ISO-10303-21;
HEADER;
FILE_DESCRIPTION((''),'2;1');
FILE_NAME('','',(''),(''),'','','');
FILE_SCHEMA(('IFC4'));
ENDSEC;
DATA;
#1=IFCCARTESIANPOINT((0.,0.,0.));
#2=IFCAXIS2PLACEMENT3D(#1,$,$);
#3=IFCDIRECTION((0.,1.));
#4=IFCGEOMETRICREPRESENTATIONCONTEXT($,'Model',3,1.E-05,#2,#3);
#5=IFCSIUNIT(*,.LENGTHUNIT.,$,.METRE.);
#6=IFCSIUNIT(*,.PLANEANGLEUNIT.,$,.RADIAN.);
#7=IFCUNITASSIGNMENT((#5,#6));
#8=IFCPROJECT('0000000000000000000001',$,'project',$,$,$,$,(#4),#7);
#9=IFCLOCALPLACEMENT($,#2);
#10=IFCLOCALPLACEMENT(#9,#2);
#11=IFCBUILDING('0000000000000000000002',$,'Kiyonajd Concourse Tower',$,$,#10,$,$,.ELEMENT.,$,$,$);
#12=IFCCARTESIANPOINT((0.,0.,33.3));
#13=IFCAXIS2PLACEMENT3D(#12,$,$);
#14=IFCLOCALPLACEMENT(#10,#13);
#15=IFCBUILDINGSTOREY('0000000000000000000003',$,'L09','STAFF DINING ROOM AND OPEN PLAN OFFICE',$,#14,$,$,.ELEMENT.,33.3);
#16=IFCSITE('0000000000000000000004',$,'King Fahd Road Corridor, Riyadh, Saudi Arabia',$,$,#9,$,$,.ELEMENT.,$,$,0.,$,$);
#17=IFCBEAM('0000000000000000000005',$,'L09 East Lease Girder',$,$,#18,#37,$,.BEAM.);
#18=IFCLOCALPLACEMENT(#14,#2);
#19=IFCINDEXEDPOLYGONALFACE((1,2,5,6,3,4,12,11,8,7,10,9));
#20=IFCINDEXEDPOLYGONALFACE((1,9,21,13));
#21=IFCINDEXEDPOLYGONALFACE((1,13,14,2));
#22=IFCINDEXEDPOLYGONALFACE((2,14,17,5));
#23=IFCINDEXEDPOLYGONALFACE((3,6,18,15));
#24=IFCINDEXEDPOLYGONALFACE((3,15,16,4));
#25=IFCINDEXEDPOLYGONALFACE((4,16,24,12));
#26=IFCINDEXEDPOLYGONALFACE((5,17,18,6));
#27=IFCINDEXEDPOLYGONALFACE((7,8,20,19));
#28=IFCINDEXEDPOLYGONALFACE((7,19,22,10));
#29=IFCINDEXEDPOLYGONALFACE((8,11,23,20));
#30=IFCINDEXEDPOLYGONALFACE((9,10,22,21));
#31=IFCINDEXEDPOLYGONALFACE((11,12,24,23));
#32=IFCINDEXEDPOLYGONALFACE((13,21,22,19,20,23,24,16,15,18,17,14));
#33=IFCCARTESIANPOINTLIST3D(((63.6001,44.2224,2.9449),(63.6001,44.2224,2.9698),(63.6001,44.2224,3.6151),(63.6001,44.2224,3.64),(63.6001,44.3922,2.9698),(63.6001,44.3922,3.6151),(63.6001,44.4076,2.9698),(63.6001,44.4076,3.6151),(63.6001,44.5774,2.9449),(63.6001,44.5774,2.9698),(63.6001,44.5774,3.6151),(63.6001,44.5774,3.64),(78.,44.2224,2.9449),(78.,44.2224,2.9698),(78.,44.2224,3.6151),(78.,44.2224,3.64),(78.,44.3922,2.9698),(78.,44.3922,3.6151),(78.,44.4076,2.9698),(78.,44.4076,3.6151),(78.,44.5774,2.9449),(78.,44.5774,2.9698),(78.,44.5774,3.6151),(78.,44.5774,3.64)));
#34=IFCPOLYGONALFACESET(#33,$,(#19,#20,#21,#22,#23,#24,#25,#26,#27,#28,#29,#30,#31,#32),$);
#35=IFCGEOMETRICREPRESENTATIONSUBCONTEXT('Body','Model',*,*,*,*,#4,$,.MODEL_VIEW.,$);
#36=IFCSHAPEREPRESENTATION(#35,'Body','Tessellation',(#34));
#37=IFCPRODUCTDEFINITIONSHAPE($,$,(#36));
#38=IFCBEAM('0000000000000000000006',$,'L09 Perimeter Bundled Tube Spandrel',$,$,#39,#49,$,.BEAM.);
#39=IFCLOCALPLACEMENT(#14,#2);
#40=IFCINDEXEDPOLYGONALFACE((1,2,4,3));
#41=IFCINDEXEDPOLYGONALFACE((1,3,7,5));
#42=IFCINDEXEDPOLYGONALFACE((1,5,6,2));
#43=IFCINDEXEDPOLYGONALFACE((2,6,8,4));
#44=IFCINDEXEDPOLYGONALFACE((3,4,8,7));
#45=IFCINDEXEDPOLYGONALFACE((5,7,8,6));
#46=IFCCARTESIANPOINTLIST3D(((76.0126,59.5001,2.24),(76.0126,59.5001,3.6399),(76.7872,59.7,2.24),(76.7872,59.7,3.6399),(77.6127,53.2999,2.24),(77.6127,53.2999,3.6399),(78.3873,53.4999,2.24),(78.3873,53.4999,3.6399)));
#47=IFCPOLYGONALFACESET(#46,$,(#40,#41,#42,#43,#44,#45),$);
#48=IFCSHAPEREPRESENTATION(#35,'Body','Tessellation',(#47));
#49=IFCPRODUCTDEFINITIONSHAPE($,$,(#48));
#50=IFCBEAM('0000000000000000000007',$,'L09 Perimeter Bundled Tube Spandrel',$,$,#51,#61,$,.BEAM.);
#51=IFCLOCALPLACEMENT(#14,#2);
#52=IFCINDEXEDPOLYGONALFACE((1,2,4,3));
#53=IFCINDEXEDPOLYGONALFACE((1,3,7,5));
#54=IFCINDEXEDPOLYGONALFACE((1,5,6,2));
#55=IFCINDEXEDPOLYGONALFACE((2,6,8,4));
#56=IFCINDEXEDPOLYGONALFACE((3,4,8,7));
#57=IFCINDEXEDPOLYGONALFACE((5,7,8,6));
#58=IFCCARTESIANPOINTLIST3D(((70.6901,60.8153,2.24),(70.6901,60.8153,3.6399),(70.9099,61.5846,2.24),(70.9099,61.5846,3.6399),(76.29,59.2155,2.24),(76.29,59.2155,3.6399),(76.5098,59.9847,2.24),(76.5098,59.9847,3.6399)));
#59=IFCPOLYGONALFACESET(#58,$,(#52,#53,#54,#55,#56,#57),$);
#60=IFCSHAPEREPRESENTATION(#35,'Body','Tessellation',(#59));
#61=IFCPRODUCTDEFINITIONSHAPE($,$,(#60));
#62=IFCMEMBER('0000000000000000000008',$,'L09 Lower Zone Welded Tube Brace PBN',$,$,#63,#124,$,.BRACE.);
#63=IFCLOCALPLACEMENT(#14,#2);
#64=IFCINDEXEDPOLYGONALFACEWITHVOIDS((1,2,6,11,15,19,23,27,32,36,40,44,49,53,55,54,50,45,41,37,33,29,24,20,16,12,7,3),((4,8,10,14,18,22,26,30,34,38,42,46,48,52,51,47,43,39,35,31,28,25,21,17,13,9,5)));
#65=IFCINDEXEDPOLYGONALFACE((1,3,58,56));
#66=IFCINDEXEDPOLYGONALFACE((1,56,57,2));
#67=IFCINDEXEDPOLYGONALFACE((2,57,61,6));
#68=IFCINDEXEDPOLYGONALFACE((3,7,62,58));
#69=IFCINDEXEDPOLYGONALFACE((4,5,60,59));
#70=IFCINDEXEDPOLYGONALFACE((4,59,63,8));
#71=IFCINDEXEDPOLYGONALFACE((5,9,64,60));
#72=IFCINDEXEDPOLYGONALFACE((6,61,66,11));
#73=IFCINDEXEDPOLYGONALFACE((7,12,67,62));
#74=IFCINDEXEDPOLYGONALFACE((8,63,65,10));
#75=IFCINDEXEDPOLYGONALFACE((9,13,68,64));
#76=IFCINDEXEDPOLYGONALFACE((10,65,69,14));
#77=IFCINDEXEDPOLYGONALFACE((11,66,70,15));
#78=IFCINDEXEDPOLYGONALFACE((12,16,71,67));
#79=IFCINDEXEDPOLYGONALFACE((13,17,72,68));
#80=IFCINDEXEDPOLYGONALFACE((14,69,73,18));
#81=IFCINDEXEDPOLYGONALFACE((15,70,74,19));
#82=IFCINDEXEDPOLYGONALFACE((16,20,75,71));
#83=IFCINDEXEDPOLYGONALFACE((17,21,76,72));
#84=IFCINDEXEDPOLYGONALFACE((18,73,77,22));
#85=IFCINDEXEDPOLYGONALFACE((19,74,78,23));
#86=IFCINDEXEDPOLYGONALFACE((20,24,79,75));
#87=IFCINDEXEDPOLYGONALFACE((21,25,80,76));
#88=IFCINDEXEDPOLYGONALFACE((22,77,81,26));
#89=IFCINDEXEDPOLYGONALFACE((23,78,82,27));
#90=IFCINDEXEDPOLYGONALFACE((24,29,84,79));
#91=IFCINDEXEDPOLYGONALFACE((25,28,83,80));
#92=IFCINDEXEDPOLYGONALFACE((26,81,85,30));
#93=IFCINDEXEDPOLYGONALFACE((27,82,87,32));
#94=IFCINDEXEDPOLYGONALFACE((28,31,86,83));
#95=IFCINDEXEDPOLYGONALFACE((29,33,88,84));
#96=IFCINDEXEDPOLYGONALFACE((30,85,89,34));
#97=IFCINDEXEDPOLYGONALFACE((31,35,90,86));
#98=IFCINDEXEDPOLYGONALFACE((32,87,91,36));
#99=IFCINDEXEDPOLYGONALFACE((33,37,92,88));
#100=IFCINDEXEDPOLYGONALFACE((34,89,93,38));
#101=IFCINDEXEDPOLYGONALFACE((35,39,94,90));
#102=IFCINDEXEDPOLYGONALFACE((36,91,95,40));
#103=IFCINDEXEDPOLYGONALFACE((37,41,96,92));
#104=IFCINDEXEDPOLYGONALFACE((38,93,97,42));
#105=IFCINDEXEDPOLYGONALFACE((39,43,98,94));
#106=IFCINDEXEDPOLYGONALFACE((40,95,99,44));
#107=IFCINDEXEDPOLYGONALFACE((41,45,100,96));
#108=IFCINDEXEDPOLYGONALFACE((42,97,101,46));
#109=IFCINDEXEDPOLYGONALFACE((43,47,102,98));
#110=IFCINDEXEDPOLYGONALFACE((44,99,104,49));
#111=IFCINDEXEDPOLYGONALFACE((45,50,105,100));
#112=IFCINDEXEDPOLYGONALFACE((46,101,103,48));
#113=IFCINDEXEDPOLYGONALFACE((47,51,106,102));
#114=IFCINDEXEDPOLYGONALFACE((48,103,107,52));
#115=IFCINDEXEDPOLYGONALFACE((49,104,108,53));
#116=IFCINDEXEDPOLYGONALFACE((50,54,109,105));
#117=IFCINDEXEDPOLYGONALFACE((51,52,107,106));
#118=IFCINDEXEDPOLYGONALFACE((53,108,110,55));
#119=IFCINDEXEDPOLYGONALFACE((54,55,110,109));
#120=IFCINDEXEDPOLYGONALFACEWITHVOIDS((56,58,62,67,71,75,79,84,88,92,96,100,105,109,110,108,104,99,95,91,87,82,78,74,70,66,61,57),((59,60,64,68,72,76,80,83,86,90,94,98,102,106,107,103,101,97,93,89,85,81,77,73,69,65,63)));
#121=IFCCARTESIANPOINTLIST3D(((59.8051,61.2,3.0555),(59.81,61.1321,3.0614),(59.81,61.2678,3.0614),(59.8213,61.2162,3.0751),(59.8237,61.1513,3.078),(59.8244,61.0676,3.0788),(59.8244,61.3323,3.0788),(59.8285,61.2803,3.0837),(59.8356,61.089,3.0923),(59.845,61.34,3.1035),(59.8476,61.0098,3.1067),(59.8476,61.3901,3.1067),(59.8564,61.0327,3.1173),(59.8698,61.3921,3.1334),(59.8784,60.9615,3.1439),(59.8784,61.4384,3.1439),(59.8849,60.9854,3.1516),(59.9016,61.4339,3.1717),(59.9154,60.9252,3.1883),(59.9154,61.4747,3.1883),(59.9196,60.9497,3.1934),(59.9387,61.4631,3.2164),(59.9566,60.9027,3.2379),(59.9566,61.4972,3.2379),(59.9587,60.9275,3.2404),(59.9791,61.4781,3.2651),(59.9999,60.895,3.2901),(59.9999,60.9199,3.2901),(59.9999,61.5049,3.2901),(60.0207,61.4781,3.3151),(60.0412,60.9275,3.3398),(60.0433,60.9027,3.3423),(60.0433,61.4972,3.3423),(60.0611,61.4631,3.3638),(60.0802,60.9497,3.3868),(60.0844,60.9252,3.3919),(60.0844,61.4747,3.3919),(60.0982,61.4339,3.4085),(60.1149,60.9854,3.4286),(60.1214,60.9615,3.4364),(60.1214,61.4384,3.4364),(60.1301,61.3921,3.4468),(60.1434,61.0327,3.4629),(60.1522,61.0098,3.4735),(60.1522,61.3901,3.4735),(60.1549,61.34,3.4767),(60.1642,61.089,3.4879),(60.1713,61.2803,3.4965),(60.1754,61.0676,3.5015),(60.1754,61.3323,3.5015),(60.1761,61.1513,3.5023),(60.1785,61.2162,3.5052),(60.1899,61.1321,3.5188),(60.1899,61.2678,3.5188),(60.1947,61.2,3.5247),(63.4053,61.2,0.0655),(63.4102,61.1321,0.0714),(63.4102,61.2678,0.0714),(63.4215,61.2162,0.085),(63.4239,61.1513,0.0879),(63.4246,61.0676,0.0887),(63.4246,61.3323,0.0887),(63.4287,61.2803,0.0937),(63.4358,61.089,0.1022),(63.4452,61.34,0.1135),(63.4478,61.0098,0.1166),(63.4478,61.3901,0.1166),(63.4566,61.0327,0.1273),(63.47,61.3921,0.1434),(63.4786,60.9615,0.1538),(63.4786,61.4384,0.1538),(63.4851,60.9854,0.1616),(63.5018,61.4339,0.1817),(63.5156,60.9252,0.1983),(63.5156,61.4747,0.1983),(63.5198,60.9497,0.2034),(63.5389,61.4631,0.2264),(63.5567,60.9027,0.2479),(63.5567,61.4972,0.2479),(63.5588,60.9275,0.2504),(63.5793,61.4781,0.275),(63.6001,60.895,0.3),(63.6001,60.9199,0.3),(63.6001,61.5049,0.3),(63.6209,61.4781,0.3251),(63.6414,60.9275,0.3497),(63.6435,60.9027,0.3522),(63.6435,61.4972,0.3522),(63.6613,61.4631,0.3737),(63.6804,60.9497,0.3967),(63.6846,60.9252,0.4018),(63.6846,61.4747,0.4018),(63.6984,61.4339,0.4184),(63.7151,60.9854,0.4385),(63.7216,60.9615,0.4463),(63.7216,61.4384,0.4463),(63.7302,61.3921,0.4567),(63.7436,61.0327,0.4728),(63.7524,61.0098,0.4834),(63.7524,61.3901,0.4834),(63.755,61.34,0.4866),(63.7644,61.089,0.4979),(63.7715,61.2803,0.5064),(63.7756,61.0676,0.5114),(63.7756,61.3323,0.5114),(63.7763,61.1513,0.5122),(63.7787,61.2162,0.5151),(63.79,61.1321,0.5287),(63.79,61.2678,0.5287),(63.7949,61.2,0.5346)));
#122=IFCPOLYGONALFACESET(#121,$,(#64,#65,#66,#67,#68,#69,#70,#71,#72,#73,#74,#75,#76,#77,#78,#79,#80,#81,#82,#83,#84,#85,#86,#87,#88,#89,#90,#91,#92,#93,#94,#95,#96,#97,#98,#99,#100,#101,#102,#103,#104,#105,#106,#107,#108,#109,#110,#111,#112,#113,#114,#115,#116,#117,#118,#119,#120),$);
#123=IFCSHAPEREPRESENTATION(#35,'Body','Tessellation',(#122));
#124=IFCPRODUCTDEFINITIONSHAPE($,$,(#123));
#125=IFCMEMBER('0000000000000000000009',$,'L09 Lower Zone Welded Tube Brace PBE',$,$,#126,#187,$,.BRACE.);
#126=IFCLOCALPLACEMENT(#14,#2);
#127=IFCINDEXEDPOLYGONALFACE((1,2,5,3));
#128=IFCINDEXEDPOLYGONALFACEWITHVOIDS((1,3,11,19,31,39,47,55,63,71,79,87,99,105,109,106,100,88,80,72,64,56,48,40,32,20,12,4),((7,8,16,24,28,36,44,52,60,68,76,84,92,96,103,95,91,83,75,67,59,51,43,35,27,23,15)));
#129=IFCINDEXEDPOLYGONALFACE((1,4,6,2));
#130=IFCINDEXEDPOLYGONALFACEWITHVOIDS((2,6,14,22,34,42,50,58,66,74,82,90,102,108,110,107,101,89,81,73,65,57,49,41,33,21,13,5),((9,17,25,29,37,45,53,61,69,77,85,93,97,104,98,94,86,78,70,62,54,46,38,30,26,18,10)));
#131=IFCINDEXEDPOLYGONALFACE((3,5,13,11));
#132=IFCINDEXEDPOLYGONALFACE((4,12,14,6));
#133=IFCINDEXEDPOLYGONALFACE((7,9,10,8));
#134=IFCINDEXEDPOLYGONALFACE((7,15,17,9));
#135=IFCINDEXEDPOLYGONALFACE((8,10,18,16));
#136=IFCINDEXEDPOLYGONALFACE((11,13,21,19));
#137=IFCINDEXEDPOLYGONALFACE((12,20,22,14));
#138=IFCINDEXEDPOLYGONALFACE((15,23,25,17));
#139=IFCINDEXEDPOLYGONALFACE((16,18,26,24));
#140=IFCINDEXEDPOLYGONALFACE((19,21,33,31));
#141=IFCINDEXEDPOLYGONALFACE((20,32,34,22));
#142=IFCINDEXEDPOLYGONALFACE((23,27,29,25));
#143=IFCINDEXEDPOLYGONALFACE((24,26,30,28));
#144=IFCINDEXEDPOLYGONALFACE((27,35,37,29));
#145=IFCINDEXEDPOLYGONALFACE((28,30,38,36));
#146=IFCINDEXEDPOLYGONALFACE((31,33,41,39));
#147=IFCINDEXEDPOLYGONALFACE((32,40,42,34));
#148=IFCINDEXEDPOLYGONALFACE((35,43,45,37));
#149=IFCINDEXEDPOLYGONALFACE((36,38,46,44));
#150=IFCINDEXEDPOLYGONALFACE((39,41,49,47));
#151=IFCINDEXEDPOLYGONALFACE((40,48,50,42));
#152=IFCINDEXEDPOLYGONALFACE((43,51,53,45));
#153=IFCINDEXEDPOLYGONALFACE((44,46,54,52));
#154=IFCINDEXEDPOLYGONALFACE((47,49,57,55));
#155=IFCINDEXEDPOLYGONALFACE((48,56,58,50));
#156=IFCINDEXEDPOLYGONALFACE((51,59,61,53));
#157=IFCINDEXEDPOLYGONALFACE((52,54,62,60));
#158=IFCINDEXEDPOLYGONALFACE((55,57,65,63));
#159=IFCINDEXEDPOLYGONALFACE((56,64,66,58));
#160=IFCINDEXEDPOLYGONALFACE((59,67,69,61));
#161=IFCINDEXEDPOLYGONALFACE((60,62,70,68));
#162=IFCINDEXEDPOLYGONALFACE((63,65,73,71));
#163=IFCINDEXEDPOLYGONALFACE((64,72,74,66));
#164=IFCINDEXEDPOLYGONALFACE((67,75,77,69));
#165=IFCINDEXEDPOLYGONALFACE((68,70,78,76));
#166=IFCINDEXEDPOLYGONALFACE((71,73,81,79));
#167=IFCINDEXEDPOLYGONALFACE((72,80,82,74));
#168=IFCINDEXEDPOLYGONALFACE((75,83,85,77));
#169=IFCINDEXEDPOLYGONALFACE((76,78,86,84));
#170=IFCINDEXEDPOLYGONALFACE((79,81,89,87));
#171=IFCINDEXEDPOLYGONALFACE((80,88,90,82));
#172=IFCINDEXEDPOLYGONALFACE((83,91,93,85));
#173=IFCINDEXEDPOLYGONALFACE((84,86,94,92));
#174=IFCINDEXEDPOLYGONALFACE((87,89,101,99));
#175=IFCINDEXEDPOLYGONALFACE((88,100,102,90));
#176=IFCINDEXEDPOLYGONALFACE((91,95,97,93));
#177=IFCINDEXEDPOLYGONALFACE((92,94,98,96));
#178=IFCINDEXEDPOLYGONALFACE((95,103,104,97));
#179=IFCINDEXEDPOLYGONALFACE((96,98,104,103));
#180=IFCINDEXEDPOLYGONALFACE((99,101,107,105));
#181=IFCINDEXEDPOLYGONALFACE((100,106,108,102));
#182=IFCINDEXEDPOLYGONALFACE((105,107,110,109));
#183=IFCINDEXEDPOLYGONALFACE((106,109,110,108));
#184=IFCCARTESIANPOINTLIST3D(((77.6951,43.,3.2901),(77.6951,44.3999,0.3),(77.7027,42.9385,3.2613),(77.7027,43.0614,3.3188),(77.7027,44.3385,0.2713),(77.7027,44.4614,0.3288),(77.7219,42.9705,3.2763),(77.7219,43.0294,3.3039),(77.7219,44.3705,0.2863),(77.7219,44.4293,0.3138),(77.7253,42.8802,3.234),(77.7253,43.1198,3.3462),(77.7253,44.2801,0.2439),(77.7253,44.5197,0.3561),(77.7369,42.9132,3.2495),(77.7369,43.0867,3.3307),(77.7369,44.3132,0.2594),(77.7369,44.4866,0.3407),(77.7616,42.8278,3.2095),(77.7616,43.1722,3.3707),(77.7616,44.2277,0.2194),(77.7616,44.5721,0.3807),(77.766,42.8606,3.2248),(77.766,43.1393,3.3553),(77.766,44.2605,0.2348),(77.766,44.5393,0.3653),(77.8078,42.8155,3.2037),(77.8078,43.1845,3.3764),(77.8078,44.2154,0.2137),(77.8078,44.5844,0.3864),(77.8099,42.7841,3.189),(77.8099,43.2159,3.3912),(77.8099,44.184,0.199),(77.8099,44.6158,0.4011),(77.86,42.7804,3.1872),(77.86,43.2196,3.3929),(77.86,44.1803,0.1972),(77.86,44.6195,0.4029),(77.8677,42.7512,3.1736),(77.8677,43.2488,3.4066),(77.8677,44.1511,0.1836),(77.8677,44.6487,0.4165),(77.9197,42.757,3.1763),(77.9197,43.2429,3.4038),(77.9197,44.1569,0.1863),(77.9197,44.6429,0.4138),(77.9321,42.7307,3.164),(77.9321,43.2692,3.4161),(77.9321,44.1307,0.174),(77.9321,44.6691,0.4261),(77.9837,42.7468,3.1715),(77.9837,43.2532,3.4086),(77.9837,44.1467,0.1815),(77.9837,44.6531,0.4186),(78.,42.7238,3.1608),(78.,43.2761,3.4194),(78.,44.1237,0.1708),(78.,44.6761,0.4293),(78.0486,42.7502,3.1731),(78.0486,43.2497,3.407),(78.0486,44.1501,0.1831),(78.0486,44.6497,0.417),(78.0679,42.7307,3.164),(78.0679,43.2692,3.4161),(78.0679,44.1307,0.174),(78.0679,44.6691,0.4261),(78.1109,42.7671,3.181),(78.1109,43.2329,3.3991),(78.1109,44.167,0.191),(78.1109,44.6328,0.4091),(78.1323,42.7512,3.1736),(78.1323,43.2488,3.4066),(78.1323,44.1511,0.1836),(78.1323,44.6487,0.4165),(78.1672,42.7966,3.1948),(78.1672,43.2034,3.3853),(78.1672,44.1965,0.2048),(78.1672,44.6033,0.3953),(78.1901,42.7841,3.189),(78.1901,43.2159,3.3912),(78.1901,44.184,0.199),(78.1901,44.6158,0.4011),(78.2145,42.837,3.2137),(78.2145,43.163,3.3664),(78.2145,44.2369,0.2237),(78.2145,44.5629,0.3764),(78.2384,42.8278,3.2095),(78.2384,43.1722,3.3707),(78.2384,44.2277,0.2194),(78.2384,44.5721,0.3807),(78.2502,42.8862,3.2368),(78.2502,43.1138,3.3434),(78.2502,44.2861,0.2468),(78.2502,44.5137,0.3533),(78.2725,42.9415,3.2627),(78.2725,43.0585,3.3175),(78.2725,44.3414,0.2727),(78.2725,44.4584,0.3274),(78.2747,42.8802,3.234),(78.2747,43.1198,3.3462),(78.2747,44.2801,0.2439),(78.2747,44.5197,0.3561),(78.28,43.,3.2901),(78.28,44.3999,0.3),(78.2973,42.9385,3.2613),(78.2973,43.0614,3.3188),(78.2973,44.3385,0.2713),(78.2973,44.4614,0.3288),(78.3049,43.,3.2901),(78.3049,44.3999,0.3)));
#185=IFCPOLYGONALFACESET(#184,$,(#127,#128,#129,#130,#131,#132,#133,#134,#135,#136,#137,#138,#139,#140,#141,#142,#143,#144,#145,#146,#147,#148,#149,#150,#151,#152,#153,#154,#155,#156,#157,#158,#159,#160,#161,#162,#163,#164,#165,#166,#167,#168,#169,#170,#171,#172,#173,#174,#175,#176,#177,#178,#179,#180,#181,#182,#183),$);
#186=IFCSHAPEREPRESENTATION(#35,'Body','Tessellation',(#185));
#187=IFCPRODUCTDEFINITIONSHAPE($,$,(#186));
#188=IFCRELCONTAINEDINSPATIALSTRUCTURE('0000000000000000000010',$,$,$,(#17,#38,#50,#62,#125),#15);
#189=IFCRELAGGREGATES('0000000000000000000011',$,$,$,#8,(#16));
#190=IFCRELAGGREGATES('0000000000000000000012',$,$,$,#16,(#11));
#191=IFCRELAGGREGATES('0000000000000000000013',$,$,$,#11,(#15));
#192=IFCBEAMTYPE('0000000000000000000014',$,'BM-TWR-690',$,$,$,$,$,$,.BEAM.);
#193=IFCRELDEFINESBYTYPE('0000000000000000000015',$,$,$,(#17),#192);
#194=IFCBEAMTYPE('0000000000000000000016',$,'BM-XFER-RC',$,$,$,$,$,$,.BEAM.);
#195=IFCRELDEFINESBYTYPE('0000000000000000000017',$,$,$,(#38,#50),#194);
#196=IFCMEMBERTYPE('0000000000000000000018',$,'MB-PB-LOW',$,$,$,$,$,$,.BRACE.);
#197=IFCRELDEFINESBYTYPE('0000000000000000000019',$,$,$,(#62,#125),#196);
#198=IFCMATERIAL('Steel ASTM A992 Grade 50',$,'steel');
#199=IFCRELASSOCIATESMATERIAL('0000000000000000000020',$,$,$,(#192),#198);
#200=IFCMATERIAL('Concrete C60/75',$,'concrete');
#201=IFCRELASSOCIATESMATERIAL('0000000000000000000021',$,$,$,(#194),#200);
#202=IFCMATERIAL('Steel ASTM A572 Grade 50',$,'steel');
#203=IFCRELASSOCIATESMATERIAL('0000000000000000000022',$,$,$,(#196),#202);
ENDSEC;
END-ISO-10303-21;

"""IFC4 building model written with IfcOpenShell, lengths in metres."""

from ifc_helpers import new_model, si_unit, direction, frame, origin, origin_2d, place, context, subcontext, project, spatial, rectangle, hollow_circle, i_section, extrude, material, material_profile, profile_set, type_object, element, save


model = new_model("IFC4")

# Units and contexts
model_context = context("Model", 3, precision=1e-05, world=origin(), true_north=direction((0.0, 1.0)))
body_context = subcontext(model_context, "Body", "Model", "MODEL_VIEW")
ifc_project = project(units=[si_unit("LENGTHUNIT", "METRE"), si_unit("PLANEANGLEUNIT", "RADIAN")], contexts=[model_context])

# Site, building, storey
site_placement = place(None, origin())
site = spatial("IfcSite", under=ifc_project, at=site_placement, Name="King Fahd Road Corridor, Riyadh, Saudi Arabia", CompositionType="ELEMENT", RefElevation=0.0)
building_placement = place(site_placement, origin())
building = spatial("IfcBuilding", under=site, at=building_placement, Name="Kiyonajd Concourse Tower", CompositionType="ELEMENT")
storey_placement = place(building_placement, frame((0.0, 0.0, 33.3)))
storey = spatial("IfcBuildingStorey", under=building, at=storey_placement, Name="L09", Description="STAFF DINING ROOM AND OPEN PLAN OFFICE", CompositionType="ELEMENT", Elevation=33.3)

# Beams
ifc_material_1 = material(Name="Steel ASTM A992 Grade 50", Category="steel")
ifc_material_profile_1 = material_profile(ifc_material_1, i_section(OverallWidth=0.355, OverallDepth=0.6951, WebThickness=0.0154, FlangeThickness=0.0249, at=origin_2d()), Name="W690X217")
ifc_profile_set_1 = profile_set([ifc_material_profile_1], Name="Steel ASTM A992 Grade 50")
beam_type_1 = type_object("IfcBeamType", Name="BM-TWR-690", PredefinedType="BEAM", material=ifc_profile_set_1)
beam_1_placement = place(storey_placement, frame((63.6001, 44.3999, 3.2925), z_axis=(1.0, 0.0, 0.0), x_axis=(0.0, 1.0, 0.0)))
element("IfcBeam", 1, at=beam_1_placement, inside=storey, type_object=beam_type_1, Name="L09 East Lease Girder", PredefinedType="BEAM", context=body_context, shape_type="SweptSolid", body=[
    extrude(i_section(OverallWidth=0.355, OverallDepth=0.6951, WebThickness=0.0154, FlangeThickness=0.0249, at=origin_2d()), origin(), (0.0, 0.0, 1.0), 14.3999),
])
ifc_material_2 = material(Name="Concrete C60/75", Category="concrete")
ifc_material_profile_2 = material_profile(ifc_material_2, rectangle(XDim=0.8, YDim=1.3999, at=origin_2d()), Name="RCBM-800x1400")
ifc_profile_set_2 = profile_set([ifc_material_profile_2], Name="Concrete C60/75")
beam_type_2 = type_object("IfcBeamType", Name="BM-XFER-RC", PredefinedType="BEAM", material=ifc_profile_set_2)
beam_2_placement = place(storey_placement, frame((78.0, 53.3999, 2.9399), z_axis=(-0.249885, 0.968276, 0.0), x_axis=(-0.968276, -0.249885, 0.0)))
element("IfcBeam", 2, at=beam_2_placement, inside=storey, type_object=beam_type_2, Name="L09 Perimeter Bundled Tube Spandrel", PredefinedType="BEAM", context=body_context, shape_type="SweptSolid", body=[
    extrude(rectangle(XDim=0.8, YDim=1.3999, at=origin_2d()), origin(), (0.0, 0.0, 1.0), 6.4033),
])
beam_3_placement = place(storey_placement, frame((76.3999, 59.6001, 2.9399), z_axis=(-0.961529, 0.274705, 0.0), x_axis=(-0.274705, -0.961529, 0.0)))
element("IfcBeam", 3, at=beam_3_placement, inside=storey, type_object=beam_type_2, Name="L09 Perimeter Bundled Tube Spandrel", PredefinedType="BEAM", context=body_context, shape_type="SweptSolid", body=[
    extrude(rectangle(XDim=0.8, YDim=1.3999, at=origin_2d()), origin(), (0.0, 0.0, 1.0), 5.824),
])

# Members
ifc_material_3 = material(Name="Steel ASTM A572 Grade 50", Category="steel")
ifc_material_profile_3 = material_profile(ifc_material_3, hollow_circle(Radius=0.3049, WallThickness=0.0249, at=origin_2d()), Name="CHS-610x25")
ifc_profile_set_3 = profile_set([ifc_material_profile_3], Name="Steel ASTM A572 Grade 50")
member_type = type_object("IfcMemberType", Name="MB-PB-LOW", PredefinedType="BRACE", material=ifc_profile_set_3)
member_1_placement = place(storey_placement, frame((63.6001, 61.2, 0.3), z_axis=(-0.769281, 0.0, 0.638911), x_axis=(0.0, -1.0, 0.0)))
element("IfcMember", 4, at=member_1_placement, inside=storey, type_object=member_type, Name="L09 Lower Zone Welded Tube Brace PBN", PredefinedType="BRACE", context=body_context, shape_type="SweptSolid", body=[
    extrude(hollow_circle(Radius=0.3049, WallThickness=0.0249, at=origin_2d()), origin(), (0.0, 0.0, 1.0), 4.6799),
])
member_2_placement = place(storey_placement, frame((78.0, 44.3999, 0.3), z_axis=(0.0, -0.424023, 0.905652), x_axis=(1.0, 0.0, 0.0)))
element("IfcMember", 5, at=member_2_placement, inside=storey, type_object=member_type, Name="L09 Lower Zone Welded Tube Brace PBE", PredefinedType="BRACE", context=body_context, shape_type="SweptSolid", body=[
    extrude(hollow_circle(Radius=0.3049, WallThickness=0.0249, at=origin_2d()), origin(), (0.0, 0.0, 1.0), 3.3015),
])

save(model, "model.ifc")
